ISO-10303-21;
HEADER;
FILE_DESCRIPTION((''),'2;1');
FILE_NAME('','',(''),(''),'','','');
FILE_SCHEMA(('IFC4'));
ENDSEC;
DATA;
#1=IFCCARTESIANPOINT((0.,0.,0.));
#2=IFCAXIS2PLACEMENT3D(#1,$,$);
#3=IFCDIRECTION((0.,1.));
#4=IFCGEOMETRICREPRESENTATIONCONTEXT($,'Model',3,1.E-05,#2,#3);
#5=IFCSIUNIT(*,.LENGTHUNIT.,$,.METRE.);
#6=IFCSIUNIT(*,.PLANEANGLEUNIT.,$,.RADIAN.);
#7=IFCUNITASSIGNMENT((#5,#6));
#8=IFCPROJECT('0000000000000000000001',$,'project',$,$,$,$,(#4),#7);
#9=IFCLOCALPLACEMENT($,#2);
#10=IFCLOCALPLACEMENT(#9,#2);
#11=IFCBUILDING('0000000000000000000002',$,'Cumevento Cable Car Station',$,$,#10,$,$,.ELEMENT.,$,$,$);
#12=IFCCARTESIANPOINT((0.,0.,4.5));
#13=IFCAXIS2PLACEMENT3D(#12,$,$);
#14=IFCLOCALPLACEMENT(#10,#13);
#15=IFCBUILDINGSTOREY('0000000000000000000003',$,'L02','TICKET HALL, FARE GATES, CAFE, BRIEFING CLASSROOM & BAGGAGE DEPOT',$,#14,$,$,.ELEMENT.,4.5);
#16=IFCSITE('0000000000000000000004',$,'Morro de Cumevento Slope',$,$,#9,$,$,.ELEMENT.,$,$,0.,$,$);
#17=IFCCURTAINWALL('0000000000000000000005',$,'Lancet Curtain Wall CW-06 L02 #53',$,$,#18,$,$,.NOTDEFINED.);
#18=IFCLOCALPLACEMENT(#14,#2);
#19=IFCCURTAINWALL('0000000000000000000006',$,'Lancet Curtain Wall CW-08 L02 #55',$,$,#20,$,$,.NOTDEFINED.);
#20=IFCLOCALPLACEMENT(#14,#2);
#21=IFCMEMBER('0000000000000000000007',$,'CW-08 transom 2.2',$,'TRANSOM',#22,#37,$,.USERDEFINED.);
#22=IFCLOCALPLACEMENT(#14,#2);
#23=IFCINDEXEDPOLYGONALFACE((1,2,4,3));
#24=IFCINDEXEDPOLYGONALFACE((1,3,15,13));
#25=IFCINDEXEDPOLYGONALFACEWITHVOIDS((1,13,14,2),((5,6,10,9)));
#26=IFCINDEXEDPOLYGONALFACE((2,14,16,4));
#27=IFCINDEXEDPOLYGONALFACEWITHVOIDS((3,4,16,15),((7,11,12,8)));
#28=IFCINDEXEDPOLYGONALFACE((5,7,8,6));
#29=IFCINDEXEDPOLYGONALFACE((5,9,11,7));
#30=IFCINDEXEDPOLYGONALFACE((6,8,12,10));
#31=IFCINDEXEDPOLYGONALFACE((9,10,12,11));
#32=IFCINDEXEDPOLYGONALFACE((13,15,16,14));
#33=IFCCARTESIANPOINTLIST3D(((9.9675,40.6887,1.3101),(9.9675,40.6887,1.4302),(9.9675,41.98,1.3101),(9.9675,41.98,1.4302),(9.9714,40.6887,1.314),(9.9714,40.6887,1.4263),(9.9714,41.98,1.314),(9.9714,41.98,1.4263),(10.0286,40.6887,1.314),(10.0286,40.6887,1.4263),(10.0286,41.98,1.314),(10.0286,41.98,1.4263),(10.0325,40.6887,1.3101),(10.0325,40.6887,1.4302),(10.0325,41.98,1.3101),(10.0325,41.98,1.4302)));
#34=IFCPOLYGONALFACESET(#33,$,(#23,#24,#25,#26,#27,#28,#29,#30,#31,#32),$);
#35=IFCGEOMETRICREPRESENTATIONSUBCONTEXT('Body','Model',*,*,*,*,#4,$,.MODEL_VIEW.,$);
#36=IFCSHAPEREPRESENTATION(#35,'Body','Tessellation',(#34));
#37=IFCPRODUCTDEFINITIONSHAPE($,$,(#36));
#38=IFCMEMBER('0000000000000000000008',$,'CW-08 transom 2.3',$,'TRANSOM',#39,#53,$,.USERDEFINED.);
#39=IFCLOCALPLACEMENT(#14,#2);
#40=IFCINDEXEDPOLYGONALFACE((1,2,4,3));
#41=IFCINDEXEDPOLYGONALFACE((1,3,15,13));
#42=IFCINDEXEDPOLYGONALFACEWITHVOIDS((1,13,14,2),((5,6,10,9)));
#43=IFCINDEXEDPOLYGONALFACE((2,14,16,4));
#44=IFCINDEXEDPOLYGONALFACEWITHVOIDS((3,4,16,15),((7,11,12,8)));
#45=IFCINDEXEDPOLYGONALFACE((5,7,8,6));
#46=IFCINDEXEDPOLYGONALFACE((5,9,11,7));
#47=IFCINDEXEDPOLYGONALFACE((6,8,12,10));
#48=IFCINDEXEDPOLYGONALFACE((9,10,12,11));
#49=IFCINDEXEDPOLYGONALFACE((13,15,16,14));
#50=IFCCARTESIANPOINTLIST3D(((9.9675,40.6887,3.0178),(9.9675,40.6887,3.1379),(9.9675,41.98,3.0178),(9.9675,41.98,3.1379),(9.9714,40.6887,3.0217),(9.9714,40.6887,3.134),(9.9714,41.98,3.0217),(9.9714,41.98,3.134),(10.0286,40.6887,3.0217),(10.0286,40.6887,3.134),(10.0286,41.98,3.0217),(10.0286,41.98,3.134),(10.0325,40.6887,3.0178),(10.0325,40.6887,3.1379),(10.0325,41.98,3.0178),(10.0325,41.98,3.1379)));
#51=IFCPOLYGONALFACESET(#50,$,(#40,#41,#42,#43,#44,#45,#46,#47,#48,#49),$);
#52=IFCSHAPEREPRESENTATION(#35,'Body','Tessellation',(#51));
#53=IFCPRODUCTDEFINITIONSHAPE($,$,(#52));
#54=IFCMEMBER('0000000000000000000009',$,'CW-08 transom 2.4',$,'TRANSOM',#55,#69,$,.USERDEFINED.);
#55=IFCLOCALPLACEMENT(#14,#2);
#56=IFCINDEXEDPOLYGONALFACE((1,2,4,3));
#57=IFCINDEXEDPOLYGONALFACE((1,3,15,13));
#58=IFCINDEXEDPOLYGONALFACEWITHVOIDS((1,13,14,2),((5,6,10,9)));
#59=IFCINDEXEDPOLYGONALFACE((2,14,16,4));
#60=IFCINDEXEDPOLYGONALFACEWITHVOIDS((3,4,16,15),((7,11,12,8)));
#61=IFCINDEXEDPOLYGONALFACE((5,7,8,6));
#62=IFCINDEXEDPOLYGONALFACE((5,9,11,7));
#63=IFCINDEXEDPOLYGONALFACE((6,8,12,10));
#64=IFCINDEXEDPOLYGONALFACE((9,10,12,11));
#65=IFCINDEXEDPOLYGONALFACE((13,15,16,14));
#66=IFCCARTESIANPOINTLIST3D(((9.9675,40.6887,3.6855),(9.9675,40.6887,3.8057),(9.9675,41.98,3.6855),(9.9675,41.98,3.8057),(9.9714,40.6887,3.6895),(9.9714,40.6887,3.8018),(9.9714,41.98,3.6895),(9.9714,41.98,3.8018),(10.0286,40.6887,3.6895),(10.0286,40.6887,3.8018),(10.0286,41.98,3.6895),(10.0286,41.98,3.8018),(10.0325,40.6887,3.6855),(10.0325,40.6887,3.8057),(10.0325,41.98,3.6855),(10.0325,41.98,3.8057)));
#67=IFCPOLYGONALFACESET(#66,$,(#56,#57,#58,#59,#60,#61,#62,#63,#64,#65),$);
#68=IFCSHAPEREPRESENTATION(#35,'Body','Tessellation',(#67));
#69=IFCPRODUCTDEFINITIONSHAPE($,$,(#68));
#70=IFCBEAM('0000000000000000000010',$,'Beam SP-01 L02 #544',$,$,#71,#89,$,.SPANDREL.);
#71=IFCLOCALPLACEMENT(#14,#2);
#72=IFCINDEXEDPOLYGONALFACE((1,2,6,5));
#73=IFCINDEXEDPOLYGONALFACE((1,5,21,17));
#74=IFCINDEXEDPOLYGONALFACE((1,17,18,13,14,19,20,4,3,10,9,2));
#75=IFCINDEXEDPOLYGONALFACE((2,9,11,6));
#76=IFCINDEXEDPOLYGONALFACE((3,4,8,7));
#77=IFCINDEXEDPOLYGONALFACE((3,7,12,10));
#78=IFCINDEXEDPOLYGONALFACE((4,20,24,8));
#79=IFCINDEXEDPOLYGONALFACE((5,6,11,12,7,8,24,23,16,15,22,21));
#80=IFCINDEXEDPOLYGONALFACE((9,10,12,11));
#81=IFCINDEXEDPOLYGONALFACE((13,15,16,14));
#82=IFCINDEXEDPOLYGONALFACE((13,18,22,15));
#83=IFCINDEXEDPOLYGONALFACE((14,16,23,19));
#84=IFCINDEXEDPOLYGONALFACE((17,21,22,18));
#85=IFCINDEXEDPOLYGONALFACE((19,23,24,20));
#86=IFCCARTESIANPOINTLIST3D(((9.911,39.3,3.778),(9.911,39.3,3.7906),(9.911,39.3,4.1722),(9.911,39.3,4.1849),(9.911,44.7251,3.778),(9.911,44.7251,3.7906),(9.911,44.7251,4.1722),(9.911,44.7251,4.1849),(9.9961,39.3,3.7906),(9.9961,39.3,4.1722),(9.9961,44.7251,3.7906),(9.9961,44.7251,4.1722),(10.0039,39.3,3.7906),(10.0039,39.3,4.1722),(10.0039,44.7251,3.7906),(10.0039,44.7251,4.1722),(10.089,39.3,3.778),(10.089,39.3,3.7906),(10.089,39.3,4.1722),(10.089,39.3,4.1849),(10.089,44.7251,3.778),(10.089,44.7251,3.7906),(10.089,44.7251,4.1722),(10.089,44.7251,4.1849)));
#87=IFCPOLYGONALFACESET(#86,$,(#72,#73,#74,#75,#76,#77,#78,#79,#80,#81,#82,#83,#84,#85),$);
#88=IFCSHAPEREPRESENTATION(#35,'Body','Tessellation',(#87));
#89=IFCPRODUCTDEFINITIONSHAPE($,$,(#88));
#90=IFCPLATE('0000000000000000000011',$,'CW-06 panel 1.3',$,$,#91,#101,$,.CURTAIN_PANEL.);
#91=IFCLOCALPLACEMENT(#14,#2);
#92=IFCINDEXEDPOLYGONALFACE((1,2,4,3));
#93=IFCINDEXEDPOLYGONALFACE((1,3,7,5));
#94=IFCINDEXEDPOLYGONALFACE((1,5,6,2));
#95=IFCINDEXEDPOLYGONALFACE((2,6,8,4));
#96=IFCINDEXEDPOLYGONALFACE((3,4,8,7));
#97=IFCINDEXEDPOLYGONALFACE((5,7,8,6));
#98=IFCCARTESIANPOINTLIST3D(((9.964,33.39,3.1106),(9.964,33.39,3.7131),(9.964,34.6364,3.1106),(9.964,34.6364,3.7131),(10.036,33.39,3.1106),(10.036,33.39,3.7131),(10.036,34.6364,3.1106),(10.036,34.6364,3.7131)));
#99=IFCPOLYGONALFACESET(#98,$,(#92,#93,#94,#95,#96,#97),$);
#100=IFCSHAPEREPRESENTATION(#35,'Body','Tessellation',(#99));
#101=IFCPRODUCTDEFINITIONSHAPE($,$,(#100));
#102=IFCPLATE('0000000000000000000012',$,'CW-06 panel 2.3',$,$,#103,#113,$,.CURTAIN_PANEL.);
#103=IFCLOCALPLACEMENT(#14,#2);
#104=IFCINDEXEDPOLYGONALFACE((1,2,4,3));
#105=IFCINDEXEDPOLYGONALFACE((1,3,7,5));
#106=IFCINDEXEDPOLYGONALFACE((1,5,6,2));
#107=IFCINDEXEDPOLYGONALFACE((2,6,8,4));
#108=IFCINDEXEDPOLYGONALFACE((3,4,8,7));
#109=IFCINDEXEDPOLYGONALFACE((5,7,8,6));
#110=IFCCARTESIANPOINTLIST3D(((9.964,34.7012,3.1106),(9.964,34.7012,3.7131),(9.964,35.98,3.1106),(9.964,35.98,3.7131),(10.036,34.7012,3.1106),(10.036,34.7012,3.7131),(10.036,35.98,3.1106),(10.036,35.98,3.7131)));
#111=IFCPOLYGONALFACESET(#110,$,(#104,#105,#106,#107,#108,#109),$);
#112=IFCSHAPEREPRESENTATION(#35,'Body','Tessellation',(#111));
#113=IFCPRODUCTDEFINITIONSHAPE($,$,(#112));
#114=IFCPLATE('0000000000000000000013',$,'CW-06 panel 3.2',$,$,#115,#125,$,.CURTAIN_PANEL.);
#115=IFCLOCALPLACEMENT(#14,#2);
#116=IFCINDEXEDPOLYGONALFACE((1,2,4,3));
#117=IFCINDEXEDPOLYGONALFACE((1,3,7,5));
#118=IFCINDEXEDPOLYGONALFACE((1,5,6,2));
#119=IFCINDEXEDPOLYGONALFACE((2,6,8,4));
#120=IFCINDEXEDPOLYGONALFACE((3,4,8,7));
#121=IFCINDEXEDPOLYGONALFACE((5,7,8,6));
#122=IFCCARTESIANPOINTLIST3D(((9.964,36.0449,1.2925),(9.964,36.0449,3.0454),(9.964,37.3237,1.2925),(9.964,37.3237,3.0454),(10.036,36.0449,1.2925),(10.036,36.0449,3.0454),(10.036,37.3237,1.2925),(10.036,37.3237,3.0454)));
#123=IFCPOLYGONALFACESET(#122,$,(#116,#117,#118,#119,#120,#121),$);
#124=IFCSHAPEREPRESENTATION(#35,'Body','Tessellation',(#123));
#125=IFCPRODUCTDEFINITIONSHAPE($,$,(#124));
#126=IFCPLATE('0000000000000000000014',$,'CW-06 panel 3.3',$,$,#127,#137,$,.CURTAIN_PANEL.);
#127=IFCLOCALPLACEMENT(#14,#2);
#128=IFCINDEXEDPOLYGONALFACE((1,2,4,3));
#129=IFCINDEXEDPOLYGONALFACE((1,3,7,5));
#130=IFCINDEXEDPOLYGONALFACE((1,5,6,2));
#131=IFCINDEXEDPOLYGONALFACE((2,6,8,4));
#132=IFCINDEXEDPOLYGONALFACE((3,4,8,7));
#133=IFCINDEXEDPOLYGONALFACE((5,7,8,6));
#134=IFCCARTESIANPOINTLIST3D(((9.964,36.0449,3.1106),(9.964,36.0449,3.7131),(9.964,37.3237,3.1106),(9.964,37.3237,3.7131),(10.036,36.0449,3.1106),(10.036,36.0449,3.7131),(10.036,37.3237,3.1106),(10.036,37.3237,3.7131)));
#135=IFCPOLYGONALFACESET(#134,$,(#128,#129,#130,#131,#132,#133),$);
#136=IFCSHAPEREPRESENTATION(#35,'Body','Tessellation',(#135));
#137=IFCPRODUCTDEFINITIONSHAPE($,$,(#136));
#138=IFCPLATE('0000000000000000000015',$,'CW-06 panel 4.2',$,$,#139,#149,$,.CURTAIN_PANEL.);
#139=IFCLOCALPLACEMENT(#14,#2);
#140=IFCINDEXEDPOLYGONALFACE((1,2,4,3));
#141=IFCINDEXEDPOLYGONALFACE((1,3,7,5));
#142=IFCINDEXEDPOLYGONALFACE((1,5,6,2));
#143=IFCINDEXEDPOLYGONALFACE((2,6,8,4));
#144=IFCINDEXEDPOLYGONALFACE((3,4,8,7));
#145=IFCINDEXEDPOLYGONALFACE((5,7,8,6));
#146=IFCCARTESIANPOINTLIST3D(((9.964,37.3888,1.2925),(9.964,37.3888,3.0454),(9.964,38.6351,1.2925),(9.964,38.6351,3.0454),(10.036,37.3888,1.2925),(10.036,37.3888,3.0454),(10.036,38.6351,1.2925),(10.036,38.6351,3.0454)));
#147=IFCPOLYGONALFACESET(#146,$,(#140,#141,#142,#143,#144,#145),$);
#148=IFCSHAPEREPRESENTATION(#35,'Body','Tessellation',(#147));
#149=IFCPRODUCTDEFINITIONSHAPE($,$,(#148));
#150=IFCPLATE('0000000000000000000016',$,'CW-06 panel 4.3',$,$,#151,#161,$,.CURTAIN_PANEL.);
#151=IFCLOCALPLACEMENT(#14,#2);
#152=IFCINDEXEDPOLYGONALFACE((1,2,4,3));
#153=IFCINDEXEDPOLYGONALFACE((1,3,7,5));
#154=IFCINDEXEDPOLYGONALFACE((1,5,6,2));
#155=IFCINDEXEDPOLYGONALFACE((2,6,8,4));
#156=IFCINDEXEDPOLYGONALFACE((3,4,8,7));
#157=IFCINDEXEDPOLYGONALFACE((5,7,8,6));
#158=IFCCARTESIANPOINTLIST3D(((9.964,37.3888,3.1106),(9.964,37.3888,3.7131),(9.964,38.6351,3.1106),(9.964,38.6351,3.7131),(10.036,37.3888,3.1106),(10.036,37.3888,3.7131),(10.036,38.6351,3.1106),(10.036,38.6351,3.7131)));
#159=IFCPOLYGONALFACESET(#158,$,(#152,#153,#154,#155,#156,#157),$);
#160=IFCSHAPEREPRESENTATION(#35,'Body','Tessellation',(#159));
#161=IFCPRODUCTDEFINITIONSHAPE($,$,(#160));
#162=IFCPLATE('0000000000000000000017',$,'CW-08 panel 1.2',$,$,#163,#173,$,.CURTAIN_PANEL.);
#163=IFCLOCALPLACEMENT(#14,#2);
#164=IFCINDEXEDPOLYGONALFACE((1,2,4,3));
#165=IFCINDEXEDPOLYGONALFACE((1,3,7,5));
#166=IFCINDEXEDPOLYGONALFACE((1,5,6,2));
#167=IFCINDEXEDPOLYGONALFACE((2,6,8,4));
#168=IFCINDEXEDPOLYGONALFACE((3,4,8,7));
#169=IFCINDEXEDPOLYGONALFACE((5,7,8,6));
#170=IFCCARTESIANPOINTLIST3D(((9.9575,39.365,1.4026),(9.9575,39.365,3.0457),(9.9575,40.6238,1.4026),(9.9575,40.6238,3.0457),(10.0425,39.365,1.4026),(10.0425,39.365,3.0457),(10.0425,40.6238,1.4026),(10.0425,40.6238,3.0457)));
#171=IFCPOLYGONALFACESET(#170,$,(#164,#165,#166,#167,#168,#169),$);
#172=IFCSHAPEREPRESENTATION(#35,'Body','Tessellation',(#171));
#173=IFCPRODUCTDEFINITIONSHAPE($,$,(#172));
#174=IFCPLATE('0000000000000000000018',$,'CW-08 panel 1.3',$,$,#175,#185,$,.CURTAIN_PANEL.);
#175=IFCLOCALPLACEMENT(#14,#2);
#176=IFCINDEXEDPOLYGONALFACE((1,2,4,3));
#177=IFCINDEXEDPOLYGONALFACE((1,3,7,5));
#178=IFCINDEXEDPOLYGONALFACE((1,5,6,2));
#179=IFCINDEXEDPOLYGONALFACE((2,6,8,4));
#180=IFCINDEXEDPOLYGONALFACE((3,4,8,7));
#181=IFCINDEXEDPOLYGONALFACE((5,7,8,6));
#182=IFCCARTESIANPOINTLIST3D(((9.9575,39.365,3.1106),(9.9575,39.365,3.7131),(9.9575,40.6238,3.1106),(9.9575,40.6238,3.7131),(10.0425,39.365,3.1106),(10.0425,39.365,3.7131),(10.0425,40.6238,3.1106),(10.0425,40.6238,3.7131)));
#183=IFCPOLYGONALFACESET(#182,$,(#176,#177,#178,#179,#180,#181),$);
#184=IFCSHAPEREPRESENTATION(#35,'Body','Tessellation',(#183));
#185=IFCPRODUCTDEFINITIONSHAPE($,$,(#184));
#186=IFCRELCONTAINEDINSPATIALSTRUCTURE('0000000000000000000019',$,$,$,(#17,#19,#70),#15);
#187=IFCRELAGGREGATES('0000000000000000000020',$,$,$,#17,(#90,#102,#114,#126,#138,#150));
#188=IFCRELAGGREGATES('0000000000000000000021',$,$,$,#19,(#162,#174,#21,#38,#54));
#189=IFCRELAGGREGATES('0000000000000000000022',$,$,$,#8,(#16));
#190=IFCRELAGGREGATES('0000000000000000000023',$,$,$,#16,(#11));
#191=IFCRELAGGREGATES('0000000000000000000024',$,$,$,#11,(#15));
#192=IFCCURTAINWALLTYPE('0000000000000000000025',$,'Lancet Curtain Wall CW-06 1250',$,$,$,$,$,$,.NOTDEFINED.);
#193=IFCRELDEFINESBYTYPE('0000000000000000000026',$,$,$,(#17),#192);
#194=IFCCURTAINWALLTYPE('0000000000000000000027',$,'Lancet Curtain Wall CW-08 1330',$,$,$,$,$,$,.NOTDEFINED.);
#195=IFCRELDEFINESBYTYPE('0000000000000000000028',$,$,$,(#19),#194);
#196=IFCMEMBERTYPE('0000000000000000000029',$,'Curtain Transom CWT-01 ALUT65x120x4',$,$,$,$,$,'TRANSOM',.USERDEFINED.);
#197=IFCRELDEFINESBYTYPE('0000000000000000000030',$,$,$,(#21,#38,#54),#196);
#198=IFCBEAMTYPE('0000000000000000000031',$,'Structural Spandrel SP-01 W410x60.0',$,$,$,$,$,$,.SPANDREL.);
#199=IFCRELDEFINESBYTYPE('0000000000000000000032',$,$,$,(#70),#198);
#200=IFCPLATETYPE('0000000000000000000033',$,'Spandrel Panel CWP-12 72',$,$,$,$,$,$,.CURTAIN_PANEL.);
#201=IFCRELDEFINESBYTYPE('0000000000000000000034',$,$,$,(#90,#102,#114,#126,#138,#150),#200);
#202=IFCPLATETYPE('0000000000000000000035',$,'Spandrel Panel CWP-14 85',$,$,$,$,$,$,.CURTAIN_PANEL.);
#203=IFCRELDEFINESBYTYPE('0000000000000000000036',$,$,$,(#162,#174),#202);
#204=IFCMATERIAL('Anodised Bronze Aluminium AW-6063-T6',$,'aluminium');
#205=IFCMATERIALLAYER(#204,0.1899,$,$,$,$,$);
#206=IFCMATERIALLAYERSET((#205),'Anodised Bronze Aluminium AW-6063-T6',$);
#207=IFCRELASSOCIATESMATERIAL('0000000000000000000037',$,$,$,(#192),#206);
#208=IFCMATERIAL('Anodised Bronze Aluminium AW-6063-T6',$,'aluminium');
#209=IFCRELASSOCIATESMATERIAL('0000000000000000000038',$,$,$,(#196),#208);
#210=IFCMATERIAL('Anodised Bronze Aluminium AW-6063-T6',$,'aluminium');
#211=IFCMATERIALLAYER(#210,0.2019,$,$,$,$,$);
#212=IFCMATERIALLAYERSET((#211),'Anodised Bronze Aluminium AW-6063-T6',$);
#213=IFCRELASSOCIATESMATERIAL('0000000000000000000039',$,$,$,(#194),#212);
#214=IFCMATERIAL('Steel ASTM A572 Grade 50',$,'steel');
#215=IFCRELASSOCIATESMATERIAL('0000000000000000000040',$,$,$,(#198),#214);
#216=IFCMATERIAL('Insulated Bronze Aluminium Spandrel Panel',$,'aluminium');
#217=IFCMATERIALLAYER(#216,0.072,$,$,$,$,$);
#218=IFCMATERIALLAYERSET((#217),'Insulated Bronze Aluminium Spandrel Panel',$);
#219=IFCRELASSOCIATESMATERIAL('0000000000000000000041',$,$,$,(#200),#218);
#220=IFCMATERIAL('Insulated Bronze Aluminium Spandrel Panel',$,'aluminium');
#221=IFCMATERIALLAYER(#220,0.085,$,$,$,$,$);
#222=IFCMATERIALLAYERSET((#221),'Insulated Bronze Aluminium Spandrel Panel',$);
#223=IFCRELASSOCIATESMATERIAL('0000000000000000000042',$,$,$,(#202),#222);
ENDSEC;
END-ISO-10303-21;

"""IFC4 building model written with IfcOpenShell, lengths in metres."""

from ifc_helpers import new_model, si_unit, direction, frame, origin, origin_2d, place, context, subcontext, project, spatial, rectangle, hollow_rectangle, i_section, extrude, material, layer, layer_set, material_profile, profile_set, type_object, element, aggregate, save


model = new_model("IFC4")

# Units and contexts
model_context = context("Model", 3, precision=1e-05, world=origin(), true_north=direction((0.0, 1.0)))
body_context = subcontext(model_context, "Body", "Model", "MODEL_VIEW")
ifc_project = project(units=[si_unit("LENGTHUNIT", "METRE"), si_unit("PLANEANGLEUNIT", "RADIAN")], contexts=[model_context])

# Site, building, storey
site_placement = place(None, origin())
site = spatial("IfcSite", under=ifc_project, at=site_placement, Name="Morro de Cumevento Slope", CompositionType="ELEMENT", RefElevation=0.0)
building_placement = place(site_placement, origin())
building = spatial("IfcBuilding", under=site, at=building_placement, Name="Cumevento Cable Car Station", CompositionType="ELEMENT")
storey_placement = place(building_placement, frame((0.0, 0.0, 4.5)))
storey = spatial("IfcBuildingStorey", under=building, at=storey_placement, Name="L02", Description="TICKET HALL, FARE GATES, CAFE, BRIEFING CLASSROOM & BAGGAGE DEPOT", CompositionType="ELEMENT", Elevation=4.5)

# Curtain walls, members
ifc_material_1 = material(Name="Anodised Bronze Aluminium AW-6063-T6", Category="aluminium")
ifc_layer_1 = layer(ifc_material_1, 0.1899)
ifc_layer_set_1 = layer_set([ifc_layer_1], Name="Anodised Bronze Aluminium AW-6063-T6")
curtain_wall_type_1 = type_object("IfcCurtainWallType", Name="Lancet Curtain Wall CW-06 1250", PredefinedType="NOTDEFINED", material=ifc_layer_set_1)
curtain_wall_1_placement = place(storey_placement, origin())
curtain_wall_1 = element("IfcCurtainWall", 1, at=curtain_wall_1_placement, inside=storey, type_object=curtain_wall_type_1, Name="Lancet Curtain Wall CW-06 L02 #53", PredefinedType="NOTDEFINED")
ifc_material_2 = material(Name="Anodised Bronze Aluminium AW-6063-T6", Category="aluminium")
ifc_material_profile_1 = material_profile(ifc_material_2, hollow_rectangle(XDim=0.0649, YDim=0.1201, WallThickness=0.0039, at=origin_2d()), Name="ALUT65x120x4")
ifc_profile_set_1 = profile_set([ifc_material_profile_1], Name="Anodised Bronze Aluminium AW-6063-T6")
member_type = type_object("IfcMemberType", Name="Curtain Transom CWT-01 ALUT65x120x4", ElementType="TRANSOM", PredefinedType="USERDEFINED", material=ifc_profile_set_1)
ifc_material_3 = material(Name="Anodised Bronze Aluminium AW-6063-T6", Category="aluminium")
ifc_layer_2 = layer(ifc_material_3, 0.2019)
ifc_layer_set_2 = layer_set([ifc_layer_2], Name="Anodised Bronze Aluminium AW-6063-T6")
curtain_wall_type_2 = type_object("IfcCurtainWallType", Name="Lancet Curtain Wall CW-08 1330", PredefinedType="NOTDEFINED", material=ifc_layer_set_2)
curtain_wall_2_placement = place(storey_placement, origin())
curtain_wall_2 = element("IfcCurtainWall", 2, at=curtain_wall_2_placement, inside=storey, type_object=curtain_wall_type_2, Name="Lancet Curtain Wall CW-08 L02 #55", PredefinedType="NOTDEFINED")
member_1_placement = place(storey_placement, frame((10.0, 40.6887, 1.3701), z_axis=(0.0, 1.0, 0.0), x_axis=(-1.0, 0.0, 0.0)))
member_1 = element("IfcMember", 3, at=member_1_placement, type_object=member_type, Name="CW-08 transom 2.2", ObjectType="TRANSOM", PredefinedType="USERDEFINED", context=body_context, shape_type="SweptSolid", body=[
    extrude(hollow_rectangle(XDim=0.0649, YDim=0.1201, WallThickness=0.0039, at=origin_2d()), origin(), (0.0, 0.0, 1.0), 1.2913),
])
member_2_placement = place(storey_placement, frame((10.0, 40.6887, 3.0779), z_axis=(0.0, 1.0, 0.0), x_axis=(-1.0, 0.0, 0.0)))
member_2 = element("IfcMember", 4, at=member_2_placement, type_object=member_type, Name="CW-08 transom 2.3", ObjectType="TRANSOM", PredefinedType="USERDEFINED", context=body_context, shape_type="SweptSolid", body=[
    extrude(hollow_rectangle(XDim=0.0649, YDim=0.1201, WallThickness=0.0039, at=origin_2d()), origin(), (0.0, 0.0, 1.0), 1.2913),
])
member_3_placement = place(storey_placement, frame((10.0, 40.6887, 3.7456), z_axis=(0.0, 1.0, 0.0), x_axis=(-1.0, 0.0, 0.0)))
member_3 = element("IfcMember", 5, at=member_3_placement, type_object=member_type, Name="CW-08 transom 2.4", ObjectType="TRANSOM", PredefinedType="USERDEFINED", context=body_context, shape_type="SweptSolid", body=[
    extrude(hollow_rectangle(XDim=0.0649, YDim=0.1201, WallThickness=0.0039, at=origin_2d()), origin(), (0.0, 0.0, 1.0), 1.2913),
])

# Beam
ifc_material_4 = material(Name="Steel ASTM A572 Grade 50", Category="steel")
ifc_material_profile_2 = material_profile(ifc_material_4, i_section(OverallWidth=0.178, OverallDepth=0.407, WebThickness=0.0078, FlangeThickness=0.0127, at=origin_2d()), Name="W410x60.0")
ifc_profile_set_2 = profile_set([ifc_material_profile_2], Name="Steel ASTM A572 Grade 50")
beam_type = type_object("IfcBeamType", Name="Structural Spandrel SP-01 W410x60.0", PredefinedType="SPANDREL", material=ifc_profile_set_2)
beam_placement = place(storey_placement, frame((10.0, 39.3, 3.9814), z_axis=(0.0, 1.0, 0.0), x_axis=(-1.0, 0.0, 0.0)))
element("IfcBeam", 6, at=beam_placement, inside=storey, type_object=beam_type, Name="Beam SP-01 L02 #544", PredefinedType="SPANDREL", context=body_context, shape_type="SweptSolid", body=[
    extrude(i_section(OverallWidth=0.178, OverallDepth=0.407, WebThickness=0.0078, FlangeThickness=0.0127, at=origin_2d()), origin(), (0.0, 0.0, 1.0), 5.425),
])

# Plates
ifc_material_5 = material(Name="Insulated Bronze Aluminium Spandrel Panel", Category="aluminium")
ifc_layer_3 = layer(ifc_material_5, 0.072)
ifc_layer_set_3 = layer_set([ifc_layer_3], Name="Insulated Bronze Aluminium Spandrel Panel")
plate_type_1 = type_object("IfcPlateType", Name="Spandrel Panel CWP-12 72", PredefinedType="CURTAIN_PANEL", material=ifc_layer_set_3)
plate_1_placement = place(storey_placement, frame((10.0, 34.0132, 3.1106), z_axis=(0.0, 0.0, 1.0), x_axis=(0.0, 1.0, 0.0)))
plate_1 = element("IfcPlate", 7, at=plate_1_placement, type_object=plate_type_1, Name="CW-06 panel 1.3", PredefinedType="CURTAIN_PANEL", context=body_context, shape_type="SweptSolid", body=[
    extrude(rectangle(XDim=1.2463, YDim=0.072, at=origin_2d()), origin(), (0.0, 0.0, 1.0), 0.6025),
])
plate_2_placement = place(storey_placement, frame((10.0, 35.3406, 3.1106), z_axis=(0.0, 0.0, 1.0), x_axis=(0.0, 1.0, 0.0)))
plate_2 = element("IfcPlate", 8, at=plate_2_placement, type_object=plate_type_1, Name="CW-06 panel 2.3", PredefinedType="CURTAIN_PANEL", context=body_context, shape_type="SweptSolid", body=[
    extrude(rectangle(XDim=1.2788, YDim=0.072, at=origin_2d()), origin(), (0.0, 0.0, 1.0), 0.6025),
])
plate_3_placement = place(storey_placement, frame((10.0, 36.6843, 1.2925), z_axis=(0.0, 0.0, 1.0), x_axis=(0.0, 1.0, 0.0)))
plate_3 = element("IfcPlate", 9, at=plate_3_placement, type_object=plate_type_1, Name="CW-06 panel 3.2", PredefinedType="CURTAIN_PANEL", context=body_context, shape_type="SweptSolid", body=[
    extrude(rectangle(XDim=1.2788, YDim=0.072, at=origin_2d()), origin(), (0.0, 0.0, 1.0), 1.7529),
])
plate_4_placement = place(storey_placement, frame((10.0, 36.6843, 3.1106), z_axis=(0.0, 0.0, 1.0), x_axis=(0.0, 1.0, 0.0)))
plate_4 = element("IfcPlate", 10, at=plate_4_placement, type_object=plate_type_1, Name="CW-06 panel 3.3", PredefinedType="CURTAIN_PANEL", context=body_context, shape_type="SweptSolid", body=[
    extrude(rectangle(XDim=1.2788, YDim=0.072, at=origin_2d()), origin(), (0.0, 0.0, 1.0), 0.6025),
])
plate_5_placement = place(storey_placement, frame((10.0, 38.012, 1.2925), z_axis=(0.0, 0.0, 1.0), x_axis=(0.0, 1.0, 0.0)))
plate_5 = element("IfcPlate", 11, at=plate_5_placement, type_object=plate_type_1, Name="CW-06 panel 4.2", PredefinedType="CURTAIN_PANEL", context=body_context, shape_type="SweptSolid", body=[
    extrude(rectangle(XDim=1.2463, YDim=0.072, at=origin_2d()), origin(), (0.0, 0.0, 1.0), 1.7529),
])
plate_6_placement = place(storey_placement, frame((10.0, 38.012, 3.1106), z_axis=(0.0, 0.0, 1.0), x_axis=(0.0, 1.0, 0.0)))
plate_6 = element("IfcPlate", 12, at=plate_6_placement, type_object=plate_type_1, Name="CW-06 panel 4.3", PredefinedType="CURTAIN_PANEL", context=body_context, shape_type="SweptSolid", body=[
    extrude(rectangle(XDim=1.2463, YDim=0.072, at=origin_2d()), origin(), (0.0, 0.0, 1.0), 0.6025),
])
aggregate(curtain_wall_1, [plate_1, plate_2, plate_3, plate_4, plate_5, plate_6])
ifc_material_6 = material(Name="Insulated Bronze Aluminium Spandrel Panel", Category="aluminium")
ifc_layer_4 = layer(ifc_material_6, 0.085)
ifc_layer_set_4 = layer_set([ifc_layer_4], Name="Insulated Bronze Aluminium Spandrel Panel")
plate_type_2 = type_object("IfcPlateType", Name="Spandrel Panel CWP-14 85", PredefinedType="CURTAIN_PANEL", material=ifc_layer_set_4)
plate_7_placement = place(storey_placement, frame((10.0, 39.9944, 1.4026), z_axis=(0.0, 0.0, 1.0), x_axis=(0.0, 1.0, 0.0)))
plate_7 = element("IfcPlate", 13, at=plate_7_placement, type_object=plate_type_2, Name="CW-08 panel 1.2", PredefinedType="CURTAIN_PANEL", context=body_context, shape_type="SweptSolid", body=[
    extrude(rectangle(XDim=1.2588, YDim=0.085, at=origin_2d()), origin(), (0.0, 0.0, 1.0), 1.6431),
])
plate_8_placement = place(storey_placement, frame((10.0, 39.9944, 3.1106), z_axis=(0.0, 0.0, 1.0), x_axis=(0.0, 1.0, 0.0)))
plate_8 = element("IfcPlate", 14, at=plate_8_placement, type_object=plate_type_2, Name="CW-08 panel 1.3", PredefinedType="CURTAIN_PANEL", context=body_context, shape_type="SweptSolid", body=[
    extrude(rectangle(XDim=1.2588, YDim=0.085, at=origin_2d()), origin(), (0.0, 0.0, 1.0), 0.6025),
])
aggregate(curtain_wall_2, [plate_7, plate_8, member_1, member_2, member_3])

save(model, "model.ifc")
